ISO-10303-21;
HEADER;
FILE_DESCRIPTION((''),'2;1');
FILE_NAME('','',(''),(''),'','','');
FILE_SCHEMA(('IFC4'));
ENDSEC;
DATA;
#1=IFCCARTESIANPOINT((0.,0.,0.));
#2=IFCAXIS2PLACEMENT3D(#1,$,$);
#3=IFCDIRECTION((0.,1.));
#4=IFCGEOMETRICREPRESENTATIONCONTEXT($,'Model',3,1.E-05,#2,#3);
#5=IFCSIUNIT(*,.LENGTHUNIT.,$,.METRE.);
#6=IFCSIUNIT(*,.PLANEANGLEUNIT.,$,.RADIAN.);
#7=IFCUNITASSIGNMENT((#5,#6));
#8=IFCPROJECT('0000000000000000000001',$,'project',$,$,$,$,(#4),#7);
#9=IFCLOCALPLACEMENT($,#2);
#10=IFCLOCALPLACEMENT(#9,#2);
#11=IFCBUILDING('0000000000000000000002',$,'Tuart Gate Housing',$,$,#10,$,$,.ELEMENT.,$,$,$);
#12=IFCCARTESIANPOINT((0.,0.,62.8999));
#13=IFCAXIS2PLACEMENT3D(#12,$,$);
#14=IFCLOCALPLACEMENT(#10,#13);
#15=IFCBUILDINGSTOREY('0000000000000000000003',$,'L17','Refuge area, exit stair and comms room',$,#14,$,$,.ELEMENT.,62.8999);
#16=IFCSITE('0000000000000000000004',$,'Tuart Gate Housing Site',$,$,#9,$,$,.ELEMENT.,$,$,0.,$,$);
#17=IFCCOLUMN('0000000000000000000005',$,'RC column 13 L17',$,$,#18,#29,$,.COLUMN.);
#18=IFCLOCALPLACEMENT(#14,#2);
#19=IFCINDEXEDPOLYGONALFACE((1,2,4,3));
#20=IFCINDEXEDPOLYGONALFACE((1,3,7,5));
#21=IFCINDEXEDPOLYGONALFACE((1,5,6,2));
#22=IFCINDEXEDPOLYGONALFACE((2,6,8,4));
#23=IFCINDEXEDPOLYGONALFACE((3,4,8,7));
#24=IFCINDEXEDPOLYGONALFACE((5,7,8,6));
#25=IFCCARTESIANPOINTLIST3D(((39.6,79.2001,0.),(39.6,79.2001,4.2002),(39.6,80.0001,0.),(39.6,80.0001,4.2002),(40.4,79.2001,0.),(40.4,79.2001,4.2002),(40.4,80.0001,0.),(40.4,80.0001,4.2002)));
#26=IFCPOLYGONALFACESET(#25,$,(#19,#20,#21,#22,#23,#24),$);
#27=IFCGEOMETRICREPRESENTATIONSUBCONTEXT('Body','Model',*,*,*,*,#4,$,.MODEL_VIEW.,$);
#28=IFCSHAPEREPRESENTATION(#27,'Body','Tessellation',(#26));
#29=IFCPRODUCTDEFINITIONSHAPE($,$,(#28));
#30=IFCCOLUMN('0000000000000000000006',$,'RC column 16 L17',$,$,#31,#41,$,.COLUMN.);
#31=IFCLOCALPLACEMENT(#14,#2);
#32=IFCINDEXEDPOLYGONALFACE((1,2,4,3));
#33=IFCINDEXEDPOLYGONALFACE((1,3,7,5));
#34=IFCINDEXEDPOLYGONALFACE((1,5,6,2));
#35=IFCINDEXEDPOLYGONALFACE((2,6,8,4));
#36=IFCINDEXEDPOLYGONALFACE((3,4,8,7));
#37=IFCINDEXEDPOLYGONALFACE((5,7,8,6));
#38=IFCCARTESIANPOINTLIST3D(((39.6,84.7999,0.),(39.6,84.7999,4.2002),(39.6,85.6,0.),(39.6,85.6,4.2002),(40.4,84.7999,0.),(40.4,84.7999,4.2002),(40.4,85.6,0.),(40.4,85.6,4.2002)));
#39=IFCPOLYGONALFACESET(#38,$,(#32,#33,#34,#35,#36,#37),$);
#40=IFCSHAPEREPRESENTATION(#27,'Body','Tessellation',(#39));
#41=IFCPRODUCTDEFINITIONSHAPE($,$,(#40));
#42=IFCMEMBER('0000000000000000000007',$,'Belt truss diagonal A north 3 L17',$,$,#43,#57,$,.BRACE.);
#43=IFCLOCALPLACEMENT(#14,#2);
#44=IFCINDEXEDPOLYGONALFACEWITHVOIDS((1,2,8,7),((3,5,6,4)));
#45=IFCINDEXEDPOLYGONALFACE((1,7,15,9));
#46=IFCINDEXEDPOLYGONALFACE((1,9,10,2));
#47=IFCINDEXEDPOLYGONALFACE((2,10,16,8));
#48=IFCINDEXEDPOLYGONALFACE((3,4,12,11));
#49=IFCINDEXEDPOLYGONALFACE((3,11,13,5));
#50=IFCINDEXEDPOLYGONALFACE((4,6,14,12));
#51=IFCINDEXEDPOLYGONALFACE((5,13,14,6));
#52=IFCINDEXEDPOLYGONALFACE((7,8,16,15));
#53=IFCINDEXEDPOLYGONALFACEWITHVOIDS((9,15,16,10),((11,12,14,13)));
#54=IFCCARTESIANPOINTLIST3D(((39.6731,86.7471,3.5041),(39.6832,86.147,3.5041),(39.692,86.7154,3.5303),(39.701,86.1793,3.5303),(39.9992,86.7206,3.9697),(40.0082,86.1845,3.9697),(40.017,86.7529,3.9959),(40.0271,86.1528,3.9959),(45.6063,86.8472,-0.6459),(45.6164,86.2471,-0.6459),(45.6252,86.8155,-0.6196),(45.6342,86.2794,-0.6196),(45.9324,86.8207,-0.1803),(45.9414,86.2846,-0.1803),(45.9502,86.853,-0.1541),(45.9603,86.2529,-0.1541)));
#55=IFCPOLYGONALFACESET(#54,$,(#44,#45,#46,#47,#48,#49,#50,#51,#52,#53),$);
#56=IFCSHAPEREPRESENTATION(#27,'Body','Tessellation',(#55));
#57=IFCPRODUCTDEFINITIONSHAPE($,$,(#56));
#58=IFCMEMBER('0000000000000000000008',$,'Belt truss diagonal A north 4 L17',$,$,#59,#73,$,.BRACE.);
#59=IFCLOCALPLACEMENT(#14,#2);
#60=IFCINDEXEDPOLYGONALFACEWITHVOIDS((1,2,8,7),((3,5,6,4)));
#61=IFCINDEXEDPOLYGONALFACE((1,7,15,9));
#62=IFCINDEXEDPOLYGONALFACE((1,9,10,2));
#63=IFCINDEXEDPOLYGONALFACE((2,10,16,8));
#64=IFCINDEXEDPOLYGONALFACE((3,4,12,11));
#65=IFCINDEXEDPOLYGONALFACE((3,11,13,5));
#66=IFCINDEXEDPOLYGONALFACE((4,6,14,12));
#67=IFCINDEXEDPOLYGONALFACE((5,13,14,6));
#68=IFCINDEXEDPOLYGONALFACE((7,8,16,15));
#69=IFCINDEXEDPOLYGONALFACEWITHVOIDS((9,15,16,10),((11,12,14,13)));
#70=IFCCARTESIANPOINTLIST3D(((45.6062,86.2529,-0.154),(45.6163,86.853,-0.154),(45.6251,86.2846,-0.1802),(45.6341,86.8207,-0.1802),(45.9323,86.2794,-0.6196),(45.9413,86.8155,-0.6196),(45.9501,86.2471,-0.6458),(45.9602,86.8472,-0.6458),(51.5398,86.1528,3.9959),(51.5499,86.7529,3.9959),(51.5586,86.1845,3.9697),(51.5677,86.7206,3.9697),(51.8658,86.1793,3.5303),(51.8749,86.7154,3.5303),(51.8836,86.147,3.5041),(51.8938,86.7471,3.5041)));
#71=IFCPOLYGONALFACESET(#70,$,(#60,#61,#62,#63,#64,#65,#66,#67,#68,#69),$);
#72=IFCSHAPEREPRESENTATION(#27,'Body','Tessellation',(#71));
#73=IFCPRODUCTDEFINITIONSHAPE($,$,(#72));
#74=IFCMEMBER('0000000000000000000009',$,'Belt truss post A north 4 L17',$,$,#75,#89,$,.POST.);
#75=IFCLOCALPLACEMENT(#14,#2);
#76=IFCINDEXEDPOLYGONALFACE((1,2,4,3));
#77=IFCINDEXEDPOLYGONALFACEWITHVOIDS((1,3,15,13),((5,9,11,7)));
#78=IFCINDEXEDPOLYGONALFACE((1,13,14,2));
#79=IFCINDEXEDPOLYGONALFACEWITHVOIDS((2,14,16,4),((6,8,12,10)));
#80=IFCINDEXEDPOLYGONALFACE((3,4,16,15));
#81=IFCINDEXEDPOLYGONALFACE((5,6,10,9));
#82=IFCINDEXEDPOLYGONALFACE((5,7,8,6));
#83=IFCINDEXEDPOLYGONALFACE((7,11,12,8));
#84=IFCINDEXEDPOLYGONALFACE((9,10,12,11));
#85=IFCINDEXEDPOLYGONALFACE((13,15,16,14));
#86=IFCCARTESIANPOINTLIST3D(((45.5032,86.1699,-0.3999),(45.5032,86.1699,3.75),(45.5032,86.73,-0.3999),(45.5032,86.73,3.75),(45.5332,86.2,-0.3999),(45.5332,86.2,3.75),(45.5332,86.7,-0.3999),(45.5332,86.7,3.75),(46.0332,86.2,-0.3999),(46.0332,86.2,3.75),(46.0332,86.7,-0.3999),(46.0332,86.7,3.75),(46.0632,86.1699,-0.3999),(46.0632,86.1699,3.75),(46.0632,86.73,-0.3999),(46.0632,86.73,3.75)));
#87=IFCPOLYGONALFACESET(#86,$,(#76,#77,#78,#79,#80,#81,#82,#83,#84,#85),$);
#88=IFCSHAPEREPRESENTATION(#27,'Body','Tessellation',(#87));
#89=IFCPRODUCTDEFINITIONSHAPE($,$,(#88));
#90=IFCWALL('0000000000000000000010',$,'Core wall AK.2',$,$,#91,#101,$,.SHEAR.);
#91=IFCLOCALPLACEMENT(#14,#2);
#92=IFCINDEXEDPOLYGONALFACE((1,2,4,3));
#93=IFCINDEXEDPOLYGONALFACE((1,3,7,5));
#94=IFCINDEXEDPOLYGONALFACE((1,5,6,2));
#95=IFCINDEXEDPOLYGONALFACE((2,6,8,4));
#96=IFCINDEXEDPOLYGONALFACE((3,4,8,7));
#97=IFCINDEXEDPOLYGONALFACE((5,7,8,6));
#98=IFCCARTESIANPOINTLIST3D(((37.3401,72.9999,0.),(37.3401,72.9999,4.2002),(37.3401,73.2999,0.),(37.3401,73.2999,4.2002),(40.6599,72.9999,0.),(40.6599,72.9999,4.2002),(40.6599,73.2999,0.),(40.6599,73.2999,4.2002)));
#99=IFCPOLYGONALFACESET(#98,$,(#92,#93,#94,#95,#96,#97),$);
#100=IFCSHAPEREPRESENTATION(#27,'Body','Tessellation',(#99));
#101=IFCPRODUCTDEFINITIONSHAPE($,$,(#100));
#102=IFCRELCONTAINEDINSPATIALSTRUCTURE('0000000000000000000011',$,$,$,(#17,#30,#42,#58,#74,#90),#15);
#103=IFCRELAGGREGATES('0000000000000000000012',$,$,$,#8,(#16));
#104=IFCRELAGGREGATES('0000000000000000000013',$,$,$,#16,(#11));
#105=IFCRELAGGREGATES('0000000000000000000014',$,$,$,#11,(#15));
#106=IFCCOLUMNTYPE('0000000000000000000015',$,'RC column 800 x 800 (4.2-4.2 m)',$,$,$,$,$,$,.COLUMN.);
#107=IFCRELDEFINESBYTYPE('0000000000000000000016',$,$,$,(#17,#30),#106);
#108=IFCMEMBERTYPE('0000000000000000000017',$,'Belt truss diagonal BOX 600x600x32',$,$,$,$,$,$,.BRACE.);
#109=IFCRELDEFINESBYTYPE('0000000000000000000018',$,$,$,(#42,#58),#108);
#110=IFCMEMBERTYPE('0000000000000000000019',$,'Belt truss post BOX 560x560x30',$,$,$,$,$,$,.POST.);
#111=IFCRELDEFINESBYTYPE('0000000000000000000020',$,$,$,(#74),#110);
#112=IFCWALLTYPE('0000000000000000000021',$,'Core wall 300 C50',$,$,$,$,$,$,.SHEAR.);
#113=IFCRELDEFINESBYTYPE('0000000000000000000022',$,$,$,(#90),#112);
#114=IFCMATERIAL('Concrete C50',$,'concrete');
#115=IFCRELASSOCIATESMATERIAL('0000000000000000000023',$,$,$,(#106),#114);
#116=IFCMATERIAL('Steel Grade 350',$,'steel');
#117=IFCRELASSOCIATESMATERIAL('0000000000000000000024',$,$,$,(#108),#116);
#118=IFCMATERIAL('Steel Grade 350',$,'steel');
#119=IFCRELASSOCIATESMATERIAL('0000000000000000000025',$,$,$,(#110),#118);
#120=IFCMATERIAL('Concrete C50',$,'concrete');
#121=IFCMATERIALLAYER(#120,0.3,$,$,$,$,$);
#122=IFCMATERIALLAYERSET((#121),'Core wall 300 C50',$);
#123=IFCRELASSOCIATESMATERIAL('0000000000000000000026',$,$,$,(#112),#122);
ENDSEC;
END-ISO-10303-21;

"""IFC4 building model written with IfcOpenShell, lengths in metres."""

from ifc_helpers import new_model, si_unit, direction, frame, frame_2d, origin, origin_2d, place, context, subcontext, project, spatial, rectangle, hollow_rectangle, extrude, material, layer, layer_set, material_profile, profile_set, type_object, element, save


model = new_model("IFC4")

# Units and contexts
model_context = context("Model", 3, precision=1e-05, world=origin(), true_north=direction((0.0, 1.0)))
body_context = subcontext(model_context, "Body", "Model", "MODEL_VIEW")
ifc_project = project(units=[si_unit("LENGTHUNIT", "METRE"), si_unit("PLANEANGLEUNIT", "RADIAN")], contexts=[model_context])

# Site, building, storey
site_placement = place(None, origin())
site = spatial("IfcSite", under=ifc_project, at=site_placement, Name="Tuart Gate Housing Site", CompositionType="ELEMENT", RefElevation=0.0)
building_placement = place(site_placement, origin())
building = spatial("IfcBuilding", under=site, at=building_placement, Name="Tuart Gate Housing", CompositionType="ELEMENT")
storey_placement = place(building_placement, frame((0.0, 0.0, 62.8999)))
storey = spatial("IfcBuildingStorey", under=building, at=storey_placement, Name="L17", Description="Refuge area, exit stair and comms room", CompositionType="ELEMENT", Elevation=62.8999)

# Columns
ifc_material_1 = material(Name="Concrete C50", Category="concrete")
ifc_material_profile_1 = material_profile(ifc_material_1, rectangle(XDim=0.8, YDim=0.8, at=origin_2d()), Name="RC column 800 x 800 (4.2-4.2 m)")
ifc_profile_set_1 = profile_set([ifc_material_profile_1], Name="Concrete C50")
column_type = type_object("IfcColumnType", Name="RC column 800 x 800 (4.2-4.2 m)", PredefinedType="COLUMN", material=ifc_profile_set_1)
for number, where, z_axis, x_axis, name in (
    (1, (40.0, 79.6001, 0.0), (0.0, 0.0, 1.0), (1.0, 0.0, 0.0), "RC column 13 L17"),
    (2, (40.0, 85.2, 0.0), (0.0, 0.0, 1.0), (1.0, 0.0, 0.0), "RC column 16 L17"),
):
    element("IfcColumn", number, at=place(storey_placement, frame(where, z_axis=z_axis, x_axis=x_axis)), inside=storey, type_object=column_type, Name=name, PredefinedType="COLUMN", context=body_context, shape_type="SweptSolid", body=[
        extrude(rectangle(XDim=0.8, YDim=0.8, at=origin_2d()), origin(), (0.0, 0.0, 1.0), 4.2002),
    ])

# Members
ifc_material_2 = material(Name="Steel Grade 350", Category="steel")
ifc_material_profile_2 = material_profile(ifc_material_2, hollow_rectangle(XDim=0.6001, YDim=0.6001, WallThickness=0.032, at=origin_2d()), Name="BOX 600x600x32")
ifc_profile_set_2 = profile_set([ifc_material_profile_2], Name="Steel Grade 350")
member_type_1 = type_object("IfcMemberType", Name="Belt truss diagonal BOX 600x600x32", PredefinedType="BRACE", material=ifc_profile_set_2)
member_1_placement = place(storey_placement, frame((39.8501, 86.45, 3.75), z_axis=(0.819366, 0.013824, -0.573104), x_axis=(-0.016869, 0.999858, 0.0)))
element("IfcMember", 3, at=member_1_placement, inside=storey, type_object=member_type_1, Name="Belt truss diagonal A north 3 L17", PredefinedType="BRACE", context=body_context, shape_type="SweptSolid", body=[
    extrude(hollow_rectangle(XDim=0.6001, YDim=0.6001, WallThickness=0.032, at=origin_2d()), origin(), (0.0, 0.0, 1.0), 7.2412),
])
member_2_placement = place(storey_placement, frame((45.7832, 86.55, -0.3999), z_axis=(0.819388, -0.013823, 0.573073), x_axis=(0.016867, 0.999858, 0.0)))
element("IfcMember", 4, at=member_2_placement, inside=storey, type_object=member_type_1, Name="Belt truss diagonal A north 4 L17", PredefinedType="BRACE", context=body_context, shape_type="SweptSolid", body=[
    extrude(hollow_rectangle(XDim=0.6001, YDim=0.6001, WallThickness=0.032, at=origin_2d()), origin(), (0.0, 0.0, 1.0), 7.2415),
])
ifc_material_3 = material(Name="Steel Grade 350", Category="steel")
ifc_material_profile_3 = material_profile(ifc_material_3, hollow_rectangle(XDim=0.5601, YDim=0.5601, WallThickness=0.03, at=origin_2d()), Name="BOX 560x560x30")
ifc_profile_set_3 = profile_set([ifc_material_profile_3], Name="Steel Grade 350")
member_type_2 = type_object("IfcMemberType", Name="Belt truss post BOX 560x560x30", PredefinedType="POST", material=ifc_profile_set_3)
member_3_placement = place(storey_placement, frame((45.7832, 86.45, -0.3999), z_axis=(0.0, 0.0, 1.0), x_axis=(1.0, 0.0, 0.0)))
element("IfcMember", 5, at=member_3_placement, inside=storey, type_object=member_type_2, Name="Belt truss post A north 4 L17", PredefinedType="POST", context=body_context, shape_type="SweptSolid", body=[
    extrude(hollow_rectangle(XDim=0.5601, YDim=0.5601, WallThickness=0.03, at=origin_2d()), origin(), (0.0, 0.0, 1.0), 4.1499),
])

# Wall
ifc_material_4 = material(Name="Concrete C50", Category="concrete")
ifc_layer_1 = layer(ifc_material_4, 0.3)
ifc_layer_set_1 = layer_set([ifc_layer_1], Name="Core wall 300 C50")
wall_type_1 = type_object("IfcWallType", Name="Core wall 300 C50", PredefinedType="SHEAR", material=ifc_layer_set_1)
wall_1_placement = place(storey_placement, frame((40.6599, 73.1499, 0.0), z_axis=(0.0, 0.0, 1.0), x_axis=(-1.0, 0.0, 0.0)))
element("IfcWall", 6, at=wall_1_placement, inside=storey, type_object=wall_type_1, Name="Core wall AK.2", PredefinedType="SHEAR", context=body_context, shape_type="SweptSolid", body=[
    extrude(rectangle(XDim=3.3198, YDim=0.3, at=frame_2d((1.6599, 0.0))), origin(), (0.0, 0.0, 1.0), 4.2002),
])

save(model, "model.ifc")
